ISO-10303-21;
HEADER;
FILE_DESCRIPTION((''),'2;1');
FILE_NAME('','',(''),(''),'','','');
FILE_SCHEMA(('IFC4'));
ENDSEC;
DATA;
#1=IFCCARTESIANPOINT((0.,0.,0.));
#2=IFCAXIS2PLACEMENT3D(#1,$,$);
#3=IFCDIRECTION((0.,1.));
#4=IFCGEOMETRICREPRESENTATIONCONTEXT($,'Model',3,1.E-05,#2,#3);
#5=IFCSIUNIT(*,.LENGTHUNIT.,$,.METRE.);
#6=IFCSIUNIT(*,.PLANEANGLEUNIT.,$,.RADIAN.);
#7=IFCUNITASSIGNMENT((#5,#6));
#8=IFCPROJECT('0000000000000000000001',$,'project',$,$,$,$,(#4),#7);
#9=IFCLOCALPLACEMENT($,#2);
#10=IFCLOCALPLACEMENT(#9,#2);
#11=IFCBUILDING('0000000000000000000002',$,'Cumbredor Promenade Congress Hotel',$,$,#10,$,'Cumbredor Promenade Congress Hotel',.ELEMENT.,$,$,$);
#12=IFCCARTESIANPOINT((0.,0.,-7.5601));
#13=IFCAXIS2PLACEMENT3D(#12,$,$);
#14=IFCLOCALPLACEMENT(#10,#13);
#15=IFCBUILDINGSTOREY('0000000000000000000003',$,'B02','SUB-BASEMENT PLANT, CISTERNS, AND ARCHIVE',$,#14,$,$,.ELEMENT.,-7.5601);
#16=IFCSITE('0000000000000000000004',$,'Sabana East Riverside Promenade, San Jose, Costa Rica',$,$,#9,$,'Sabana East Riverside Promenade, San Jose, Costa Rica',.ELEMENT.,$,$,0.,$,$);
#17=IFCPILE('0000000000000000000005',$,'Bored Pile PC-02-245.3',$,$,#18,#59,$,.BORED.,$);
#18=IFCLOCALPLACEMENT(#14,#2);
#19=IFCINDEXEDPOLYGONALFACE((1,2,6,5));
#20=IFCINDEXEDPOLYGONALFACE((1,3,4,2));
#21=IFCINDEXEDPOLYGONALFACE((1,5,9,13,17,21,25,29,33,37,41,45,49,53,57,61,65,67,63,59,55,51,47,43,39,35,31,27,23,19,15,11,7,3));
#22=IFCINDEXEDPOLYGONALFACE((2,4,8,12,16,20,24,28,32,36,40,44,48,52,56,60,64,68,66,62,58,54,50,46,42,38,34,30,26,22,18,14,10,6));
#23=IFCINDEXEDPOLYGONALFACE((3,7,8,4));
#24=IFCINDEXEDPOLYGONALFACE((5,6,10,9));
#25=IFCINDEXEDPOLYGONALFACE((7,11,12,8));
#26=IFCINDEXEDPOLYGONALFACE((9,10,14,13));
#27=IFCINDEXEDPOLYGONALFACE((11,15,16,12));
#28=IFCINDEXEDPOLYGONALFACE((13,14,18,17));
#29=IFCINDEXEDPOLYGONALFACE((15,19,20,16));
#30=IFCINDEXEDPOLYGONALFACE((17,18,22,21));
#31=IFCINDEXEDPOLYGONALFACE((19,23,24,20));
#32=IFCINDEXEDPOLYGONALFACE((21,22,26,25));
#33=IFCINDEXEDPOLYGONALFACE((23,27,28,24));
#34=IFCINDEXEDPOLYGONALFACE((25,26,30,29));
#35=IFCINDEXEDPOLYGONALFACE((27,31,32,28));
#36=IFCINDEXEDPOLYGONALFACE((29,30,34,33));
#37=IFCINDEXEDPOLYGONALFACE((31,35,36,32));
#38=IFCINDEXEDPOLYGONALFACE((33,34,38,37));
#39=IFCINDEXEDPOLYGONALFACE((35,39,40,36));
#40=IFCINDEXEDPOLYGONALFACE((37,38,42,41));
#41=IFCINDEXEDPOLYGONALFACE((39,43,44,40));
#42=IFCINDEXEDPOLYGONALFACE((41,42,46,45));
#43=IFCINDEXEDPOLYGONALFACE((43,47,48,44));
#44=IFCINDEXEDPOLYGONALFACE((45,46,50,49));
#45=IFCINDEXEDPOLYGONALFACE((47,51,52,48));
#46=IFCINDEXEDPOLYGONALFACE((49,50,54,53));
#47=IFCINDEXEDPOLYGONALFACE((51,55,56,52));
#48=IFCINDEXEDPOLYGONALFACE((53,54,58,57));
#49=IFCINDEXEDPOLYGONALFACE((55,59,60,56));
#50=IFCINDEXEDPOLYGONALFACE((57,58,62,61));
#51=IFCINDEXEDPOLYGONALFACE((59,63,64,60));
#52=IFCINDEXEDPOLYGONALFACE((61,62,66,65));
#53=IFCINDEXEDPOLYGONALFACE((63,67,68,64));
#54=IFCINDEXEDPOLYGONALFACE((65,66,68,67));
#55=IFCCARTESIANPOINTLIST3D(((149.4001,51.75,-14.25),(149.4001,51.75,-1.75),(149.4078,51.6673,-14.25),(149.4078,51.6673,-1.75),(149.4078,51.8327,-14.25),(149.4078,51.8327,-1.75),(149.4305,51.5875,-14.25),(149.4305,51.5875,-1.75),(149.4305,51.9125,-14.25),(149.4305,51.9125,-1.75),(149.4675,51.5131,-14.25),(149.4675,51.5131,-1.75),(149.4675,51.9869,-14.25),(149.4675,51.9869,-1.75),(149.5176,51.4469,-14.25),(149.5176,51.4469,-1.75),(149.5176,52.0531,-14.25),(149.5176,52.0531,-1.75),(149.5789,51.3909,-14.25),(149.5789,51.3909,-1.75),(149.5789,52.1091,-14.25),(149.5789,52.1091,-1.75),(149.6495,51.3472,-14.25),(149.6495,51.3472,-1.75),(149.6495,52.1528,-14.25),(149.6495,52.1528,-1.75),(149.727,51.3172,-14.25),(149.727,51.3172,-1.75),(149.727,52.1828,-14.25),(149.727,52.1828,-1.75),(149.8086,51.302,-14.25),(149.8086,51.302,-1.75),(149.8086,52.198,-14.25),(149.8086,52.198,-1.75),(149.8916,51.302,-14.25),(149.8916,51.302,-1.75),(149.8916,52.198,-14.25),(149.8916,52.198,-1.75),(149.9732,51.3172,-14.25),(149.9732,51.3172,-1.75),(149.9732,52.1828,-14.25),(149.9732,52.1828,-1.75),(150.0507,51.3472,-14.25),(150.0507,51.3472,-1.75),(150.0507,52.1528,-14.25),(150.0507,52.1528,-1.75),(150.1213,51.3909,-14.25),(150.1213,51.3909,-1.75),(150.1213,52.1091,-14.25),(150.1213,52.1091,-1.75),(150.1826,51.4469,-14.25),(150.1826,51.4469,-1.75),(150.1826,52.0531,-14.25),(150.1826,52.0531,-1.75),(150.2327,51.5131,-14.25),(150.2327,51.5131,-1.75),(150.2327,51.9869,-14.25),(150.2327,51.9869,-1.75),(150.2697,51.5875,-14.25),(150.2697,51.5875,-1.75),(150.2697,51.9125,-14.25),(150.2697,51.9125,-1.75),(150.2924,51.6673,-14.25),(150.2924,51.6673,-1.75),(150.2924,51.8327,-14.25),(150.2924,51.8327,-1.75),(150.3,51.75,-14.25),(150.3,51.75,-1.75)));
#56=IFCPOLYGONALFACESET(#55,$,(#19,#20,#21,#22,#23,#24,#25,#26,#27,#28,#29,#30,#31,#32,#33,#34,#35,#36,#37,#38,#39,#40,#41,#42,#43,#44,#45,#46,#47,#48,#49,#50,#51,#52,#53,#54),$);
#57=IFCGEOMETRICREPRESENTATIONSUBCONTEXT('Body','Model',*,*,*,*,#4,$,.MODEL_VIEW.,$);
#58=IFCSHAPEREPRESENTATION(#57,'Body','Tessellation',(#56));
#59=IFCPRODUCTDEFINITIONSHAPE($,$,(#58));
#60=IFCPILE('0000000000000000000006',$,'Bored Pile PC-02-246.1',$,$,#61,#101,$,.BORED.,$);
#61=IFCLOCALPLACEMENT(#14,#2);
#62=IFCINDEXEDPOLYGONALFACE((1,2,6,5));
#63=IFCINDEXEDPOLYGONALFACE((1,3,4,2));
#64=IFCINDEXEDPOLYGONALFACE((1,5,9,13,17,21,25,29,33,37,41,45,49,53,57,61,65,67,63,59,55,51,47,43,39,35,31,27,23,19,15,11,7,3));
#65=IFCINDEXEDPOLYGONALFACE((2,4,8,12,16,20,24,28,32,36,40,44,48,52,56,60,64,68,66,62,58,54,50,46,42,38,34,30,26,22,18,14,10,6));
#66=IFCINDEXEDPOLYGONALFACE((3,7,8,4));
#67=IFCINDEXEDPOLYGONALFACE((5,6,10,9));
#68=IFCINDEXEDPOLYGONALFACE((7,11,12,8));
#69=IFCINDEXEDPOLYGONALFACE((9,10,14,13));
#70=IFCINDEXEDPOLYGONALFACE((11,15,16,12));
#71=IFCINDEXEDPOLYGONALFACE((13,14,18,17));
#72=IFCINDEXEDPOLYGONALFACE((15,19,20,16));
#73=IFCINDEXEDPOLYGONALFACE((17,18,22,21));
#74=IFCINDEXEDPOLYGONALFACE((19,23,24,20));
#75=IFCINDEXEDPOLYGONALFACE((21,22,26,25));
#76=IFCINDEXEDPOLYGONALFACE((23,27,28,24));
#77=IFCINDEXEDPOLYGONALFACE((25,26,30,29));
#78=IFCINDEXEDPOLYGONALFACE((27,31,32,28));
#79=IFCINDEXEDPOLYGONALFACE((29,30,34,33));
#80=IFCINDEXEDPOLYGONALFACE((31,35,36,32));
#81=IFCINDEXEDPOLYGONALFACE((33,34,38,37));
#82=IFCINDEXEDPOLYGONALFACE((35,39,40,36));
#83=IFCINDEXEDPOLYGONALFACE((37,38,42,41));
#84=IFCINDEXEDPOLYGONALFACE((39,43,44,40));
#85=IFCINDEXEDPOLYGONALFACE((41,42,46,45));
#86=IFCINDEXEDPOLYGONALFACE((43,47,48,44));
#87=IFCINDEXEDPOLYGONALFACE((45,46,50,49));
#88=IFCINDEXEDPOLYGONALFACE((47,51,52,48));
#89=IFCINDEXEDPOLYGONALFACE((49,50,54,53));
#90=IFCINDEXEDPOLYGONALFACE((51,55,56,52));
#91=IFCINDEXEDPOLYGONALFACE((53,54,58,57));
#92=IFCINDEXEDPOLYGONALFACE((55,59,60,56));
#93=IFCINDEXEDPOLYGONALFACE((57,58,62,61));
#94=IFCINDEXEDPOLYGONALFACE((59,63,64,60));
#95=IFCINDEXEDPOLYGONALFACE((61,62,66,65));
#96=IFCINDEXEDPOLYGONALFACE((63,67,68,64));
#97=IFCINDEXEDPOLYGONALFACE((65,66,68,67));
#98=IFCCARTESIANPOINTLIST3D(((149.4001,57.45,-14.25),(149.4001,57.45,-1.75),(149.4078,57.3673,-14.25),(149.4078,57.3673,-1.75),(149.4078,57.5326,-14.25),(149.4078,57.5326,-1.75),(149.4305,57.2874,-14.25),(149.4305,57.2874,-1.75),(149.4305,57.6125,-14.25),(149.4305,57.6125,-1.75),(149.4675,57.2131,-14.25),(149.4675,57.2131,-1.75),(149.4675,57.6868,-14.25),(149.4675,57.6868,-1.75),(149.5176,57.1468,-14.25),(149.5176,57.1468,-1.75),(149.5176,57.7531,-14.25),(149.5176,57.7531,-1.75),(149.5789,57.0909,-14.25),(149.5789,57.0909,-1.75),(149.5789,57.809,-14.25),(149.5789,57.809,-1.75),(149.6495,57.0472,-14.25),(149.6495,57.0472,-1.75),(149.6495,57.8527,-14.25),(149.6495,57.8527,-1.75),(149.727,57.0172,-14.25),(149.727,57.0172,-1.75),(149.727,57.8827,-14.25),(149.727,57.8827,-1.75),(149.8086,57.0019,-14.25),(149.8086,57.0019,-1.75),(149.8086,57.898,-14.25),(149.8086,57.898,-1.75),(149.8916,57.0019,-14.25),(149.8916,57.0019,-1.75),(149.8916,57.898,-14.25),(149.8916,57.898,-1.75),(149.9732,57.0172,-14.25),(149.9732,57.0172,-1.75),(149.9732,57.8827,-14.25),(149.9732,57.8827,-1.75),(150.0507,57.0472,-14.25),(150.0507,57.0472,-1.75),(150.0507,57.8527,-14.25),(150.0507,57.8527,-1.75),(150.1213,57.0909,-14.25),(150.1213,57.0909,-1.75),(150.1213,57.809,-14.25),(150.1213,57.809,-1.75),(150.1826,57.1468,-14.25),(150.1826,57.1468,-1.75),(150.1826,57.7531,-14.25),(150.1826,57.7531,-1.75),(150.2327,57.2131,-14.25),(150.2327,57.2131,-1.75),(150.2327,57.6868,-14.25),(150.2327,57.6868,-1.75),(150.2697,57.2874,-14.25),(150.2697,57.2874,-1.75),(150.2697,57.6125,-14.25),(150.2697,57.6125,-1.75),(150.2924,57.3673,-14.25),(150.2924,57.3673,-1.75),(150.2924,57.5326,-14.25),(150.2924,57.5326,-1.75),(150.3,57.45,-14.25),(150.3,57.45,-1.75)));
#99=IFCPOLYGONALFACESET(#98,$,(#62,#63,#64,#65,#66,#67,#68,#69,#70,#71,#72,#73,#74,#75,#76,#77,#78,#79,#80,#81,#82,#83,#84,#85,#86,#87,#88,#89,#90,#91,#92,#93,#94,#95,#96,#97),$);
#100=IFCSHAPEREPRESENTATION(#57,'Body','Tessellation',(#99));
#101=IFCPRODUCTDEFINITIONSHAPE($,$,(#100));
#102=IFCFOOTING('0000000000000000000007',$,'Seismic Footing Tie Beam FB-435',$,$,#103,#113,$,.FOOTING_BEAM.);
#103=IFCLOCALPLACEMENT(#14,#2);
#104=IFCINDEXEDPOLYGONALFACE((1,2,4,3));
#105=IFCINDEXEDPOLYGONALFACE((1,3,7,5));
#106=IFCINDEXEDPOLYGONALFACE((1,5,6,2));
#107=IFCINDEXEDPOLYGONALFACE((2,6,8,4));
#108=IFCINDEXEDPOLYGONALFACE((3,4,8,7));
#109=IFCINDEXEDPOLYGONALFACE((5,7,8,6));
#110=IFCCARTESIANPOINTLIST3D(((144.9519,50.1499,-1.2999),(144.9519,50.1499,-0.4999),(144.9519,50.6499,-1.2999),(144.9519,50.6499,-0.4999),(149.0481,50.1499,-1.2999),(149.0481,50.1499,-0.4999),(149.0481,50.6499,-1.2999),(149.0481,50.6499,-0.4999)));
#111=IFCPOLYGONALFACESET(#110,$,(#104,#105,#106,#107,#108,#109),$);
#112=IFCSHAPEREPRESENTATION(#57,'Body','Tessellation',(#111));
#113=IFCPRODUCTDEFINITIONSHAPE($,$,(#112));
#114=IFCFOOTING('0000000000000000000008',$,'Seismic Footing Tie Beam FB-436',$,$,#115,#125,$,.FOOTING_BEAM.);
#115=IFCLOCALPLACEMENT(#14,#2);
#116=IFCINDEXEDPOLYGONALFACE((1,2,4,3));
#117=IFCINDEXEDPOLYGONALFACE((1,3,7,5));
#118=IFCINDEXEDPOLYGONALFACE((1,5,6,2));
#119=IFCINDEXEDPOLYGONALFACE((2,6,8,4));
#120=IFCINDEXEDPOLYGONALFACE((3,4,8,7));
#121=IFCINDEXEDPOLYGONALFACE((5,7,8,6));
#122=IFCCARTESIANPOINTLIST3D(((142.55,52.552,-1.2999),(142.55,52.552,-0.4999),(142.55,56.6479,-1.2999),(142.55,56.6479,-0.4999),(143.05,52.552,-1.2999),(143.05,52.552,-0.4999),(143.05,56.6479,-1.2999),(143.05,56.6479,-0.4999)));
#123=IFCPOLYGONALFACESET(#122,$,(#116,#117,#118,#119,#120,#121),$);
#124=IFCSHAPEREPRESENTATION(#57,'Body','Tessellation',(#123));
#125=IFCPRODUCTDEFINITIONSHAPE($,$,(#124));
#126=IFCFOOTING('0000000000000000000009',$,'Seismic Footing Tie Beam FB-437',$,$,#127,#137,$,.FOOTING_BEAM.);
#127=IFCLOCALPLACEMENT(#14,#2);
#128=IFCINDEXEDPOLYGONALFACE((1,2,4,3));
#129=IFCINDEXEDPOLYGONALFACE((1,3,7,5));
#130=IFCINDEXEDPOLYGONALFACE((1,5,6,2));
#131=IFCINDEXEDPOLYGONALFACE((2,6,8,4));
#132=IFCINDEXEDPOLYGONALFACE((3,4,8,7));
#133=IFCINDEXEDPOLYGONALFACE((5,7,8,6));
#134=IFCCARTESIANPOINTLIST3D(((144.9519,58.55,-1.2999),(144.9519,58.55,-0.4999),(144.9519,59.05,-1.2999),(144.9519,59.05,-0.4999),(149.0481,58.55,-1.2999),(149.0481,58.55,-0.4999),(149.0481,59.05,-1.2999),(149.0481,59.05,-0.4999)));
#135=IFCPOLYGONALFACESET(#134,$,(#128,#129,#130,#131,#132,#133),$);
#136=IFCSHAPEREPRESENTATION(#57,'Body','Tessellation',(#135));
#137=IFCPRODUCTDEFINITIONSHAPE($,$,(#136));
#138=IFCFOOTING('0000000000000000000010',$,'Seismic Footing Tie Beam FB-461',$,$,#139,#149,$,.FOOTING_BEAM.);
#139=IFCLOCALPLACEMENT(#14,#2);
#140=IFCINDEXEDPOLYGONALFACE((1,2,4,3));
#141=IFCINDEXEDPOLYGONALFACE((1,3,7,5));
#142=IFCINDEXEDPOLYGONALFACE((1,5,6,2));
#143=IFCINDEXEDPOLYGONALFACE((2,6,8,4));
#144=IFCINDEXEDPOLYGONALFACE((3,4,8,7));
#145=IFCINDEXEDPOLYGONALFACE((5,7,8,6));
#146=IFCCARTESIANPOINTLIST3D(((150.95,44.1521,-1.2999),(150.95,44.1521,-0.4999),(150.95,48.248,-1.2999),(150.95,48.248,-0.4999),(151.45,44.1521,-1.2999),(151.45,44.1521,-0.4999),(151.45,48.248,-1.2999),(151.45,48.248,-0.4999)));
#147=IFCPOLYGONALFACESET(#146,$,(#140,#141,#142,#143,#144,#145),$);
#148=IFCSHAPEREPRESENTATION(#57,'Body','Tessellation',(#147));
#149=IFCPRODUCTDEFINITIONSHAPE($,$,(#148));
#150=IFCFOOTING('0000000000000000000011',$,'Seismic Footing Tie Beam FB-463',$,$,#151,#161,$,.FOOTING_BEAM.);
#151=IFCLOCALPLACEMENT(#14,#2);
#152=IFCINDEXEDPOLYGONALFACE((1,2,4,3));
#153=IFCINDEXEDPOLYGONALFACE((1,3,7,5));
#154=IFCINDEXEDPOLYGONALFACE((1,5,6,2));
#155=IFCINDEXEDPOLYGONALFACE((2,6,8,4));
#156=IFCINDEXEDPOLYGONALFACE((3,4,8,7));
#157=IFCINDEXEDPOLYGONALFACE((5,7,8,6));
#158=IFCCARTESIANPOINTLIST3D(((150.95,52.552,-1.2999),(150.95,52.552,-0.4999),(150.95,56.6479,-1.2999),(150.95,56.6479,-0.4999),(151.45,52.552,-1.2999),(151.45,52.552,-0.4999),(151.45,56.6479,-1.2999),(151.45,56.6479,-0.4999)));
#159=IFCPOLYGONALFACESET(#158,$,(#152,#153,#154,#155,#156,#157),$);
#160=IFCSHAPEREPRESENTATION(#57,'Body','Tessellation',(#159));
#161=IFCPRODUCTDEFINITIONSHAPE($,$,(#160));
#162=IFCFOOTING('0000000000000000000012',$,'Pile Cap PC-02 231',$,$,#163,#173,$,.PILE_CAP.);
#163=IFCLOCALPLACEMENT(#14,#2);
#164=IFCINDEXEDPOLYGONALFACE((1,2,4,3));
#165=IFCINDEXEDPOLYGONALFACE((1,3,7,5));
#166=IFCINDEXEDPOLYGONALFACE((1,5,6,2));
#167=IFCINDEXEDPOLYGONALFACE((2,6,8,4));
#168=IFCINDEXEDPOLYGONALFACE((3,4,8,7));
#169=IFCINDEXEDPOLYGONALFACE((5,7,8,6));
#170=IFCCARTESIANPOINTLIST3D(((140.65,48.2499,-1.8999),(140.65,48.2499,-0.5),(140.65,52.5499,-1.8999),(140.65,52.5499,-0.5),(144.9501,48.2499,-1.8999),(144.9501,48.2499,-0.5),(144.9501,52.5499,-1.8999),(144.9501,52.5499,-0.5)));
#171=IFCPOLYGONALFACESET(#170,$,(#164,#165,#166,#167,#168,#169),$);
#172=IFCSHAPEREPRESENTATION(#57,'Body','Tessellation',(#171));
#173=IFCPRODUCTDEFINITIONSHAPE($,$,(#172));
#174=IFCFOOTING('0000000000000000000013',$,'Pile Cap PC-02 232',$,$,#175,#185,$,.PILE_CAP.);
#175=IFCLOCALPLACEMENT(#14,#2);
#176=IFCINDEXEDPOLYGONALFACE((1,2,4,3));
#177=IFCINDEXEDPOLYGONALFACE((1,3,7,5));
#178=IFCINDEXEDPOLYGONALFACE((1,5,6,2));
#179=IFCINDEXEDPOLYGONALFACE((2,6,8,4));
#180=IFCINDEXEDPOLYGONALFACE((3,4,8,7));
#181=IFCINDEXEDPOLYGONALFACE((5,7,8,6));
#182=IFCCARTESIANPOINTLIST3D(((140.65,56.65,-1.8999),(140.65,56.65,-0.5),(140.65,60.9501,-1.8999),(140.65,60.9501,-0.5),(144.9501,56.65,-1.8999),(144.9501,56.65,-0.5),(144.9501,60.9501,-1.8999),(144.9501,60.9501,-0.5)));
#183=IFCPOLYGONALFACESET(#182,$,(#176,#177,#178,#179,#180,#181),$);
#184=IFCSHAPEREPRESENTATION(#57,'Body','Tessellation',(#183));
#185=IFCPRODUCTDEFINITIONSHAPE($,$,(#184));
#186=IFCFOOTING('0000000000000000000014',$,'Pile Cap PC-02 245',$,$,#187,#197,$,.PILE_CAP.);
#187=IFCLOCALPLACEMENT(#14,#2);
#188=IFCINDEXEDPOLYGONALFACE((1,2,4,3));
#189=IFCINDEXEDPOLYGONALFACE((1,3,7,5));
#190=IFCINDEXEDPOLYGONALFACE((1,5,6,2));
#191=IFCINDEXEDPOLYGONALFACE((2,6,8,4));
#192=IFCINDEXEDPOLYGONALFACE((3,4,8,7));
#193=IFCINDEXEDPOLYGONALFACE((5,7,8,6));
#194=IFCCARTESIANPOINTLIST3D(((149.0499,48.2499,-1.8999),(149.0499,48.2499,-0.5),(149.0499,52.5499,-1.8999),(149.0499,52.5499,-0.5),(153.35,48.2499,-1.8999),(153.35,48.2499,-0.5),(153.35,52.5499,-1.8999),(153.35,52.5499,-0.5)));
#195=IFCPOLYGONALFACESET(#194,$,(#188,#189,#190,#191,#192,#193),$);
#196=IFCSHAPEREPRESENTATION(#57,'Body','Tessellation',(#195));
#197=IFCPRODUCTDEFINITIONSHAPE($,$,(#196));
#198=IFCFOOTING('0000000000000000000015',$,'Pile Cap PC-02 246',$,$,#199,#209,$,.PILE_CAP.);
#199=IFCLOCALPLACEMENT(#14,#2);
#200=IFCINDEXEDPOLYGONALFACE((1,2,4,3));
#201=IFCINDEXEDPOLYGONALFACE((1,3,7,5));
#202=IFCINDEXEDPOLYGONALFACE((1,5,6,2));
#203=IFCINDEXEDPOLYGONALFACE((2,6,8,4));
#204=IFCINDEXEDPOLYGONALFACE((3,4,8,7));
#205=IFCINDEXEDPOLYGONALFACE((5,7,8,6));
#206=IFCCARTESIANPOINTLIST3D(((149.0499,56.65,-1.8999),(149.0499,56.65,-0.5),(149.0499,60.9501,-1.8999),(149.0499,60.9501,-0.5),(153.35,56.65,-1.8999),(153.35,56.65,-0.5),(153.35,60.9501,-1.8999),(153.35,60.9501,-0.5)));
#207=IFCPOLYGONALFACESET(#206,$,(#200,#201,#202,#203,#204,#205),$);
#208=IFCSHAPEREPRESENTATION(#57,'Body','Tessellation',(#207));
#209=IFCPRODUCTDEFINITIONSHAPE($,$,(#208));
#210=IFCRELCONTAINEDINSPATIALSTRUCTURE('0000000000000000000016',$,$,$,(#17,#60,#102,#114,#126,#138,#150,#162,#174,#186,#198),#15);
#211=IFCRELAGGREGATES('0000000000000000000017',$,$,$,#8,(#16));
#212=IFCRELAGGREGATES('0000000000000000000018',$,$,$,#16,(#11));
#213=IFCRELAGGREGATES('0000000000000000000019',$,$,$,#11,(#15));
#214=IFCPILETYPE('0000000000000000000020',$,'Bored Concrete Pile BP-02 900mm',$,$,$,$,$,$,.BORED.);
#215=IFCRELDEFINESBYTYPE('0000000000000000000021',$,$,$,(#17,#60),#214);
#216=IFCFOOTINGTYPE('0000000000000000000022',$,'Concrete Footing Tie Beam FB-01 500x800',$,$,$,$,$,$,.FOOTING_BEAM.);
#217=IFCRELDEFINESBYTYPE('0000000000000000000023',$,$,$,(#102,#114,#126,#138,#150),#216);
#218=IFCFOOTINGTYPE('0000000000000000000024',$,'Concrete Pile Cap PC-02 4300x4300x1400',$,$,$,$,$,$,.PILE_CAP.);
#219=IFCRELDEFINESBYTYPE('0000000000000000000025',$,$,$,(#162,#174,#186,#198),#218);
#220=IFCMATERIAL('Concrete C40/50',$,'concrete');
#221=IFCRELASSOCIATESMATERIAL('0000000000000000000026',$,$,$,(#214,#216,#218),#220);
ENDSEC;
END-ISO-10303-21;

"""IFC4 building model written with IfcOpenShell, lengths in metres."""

from ifc_helpers import new_model, si_unit, direction, frame, origin, origin_2d, place, context, subcontext, project, spatial, rectangle, circle, extrude, material, material_profile, profile_set, type_object, element, save


model = new_model("IFC4")

# Units and contexts
model_context = context("Model", 3, precision=1e-05, world=origin(), true_north=direction((0.0, 1.0)))
body_context = subcontext(model_context, "Body", "Model", "MODEL_VIEW")
ifc_project = project(units=[si_unit("LENGTHUNIT", "METRE"), si_unit("PLANEANGLEUNIT", "RADIAN")], contexts=[model_context])

# Site, building, storey
site_placement = place(None, origin())
site = spatial("IfcSite", under=ifc_project, at=site_placement, Name="Sabana East Riverside Promenade, San Jose, Costa Rica", LongName="Sabana East Riverside Promenade, San Jose, Costa Rica", CompositionType="ELEMENT", RefElevation=0.0)
building_placement = place(site_placement, origin())
building = spatial("IfcBuilding", under=site, at=building_placement, Name="Cumbredor Promenade Congress Hotel", LongName="Cumbredor Promenade Congress Hotel", CompositionType="ELEMENT")
storey_placement = place(building_placement, frame((0.0, 0.0, -7.5601)))
storey = spatial("IfcBuildingStorey", under=building, at=storey_placement, Name="B02", Description="SUB-BASEMENT PLANT, CISTERNS, AND ARCHIVE", CompositionType="ELEMENT", Elevation=-7.5601)

# Piles
ifc_material_1 = material(Name="Concrete C40/50", Category="concrete")
ifc_material_profile_1 = material_profile(ifc_material_1, circle(Radius=0.45, at=origin_2d()), Name="PILE D900")
ifc_profile_set_1 = profile_set([ifc_material_profile_1], Name="Concrete C40/50")
pile_type = type_object("IfcPileType", Name="Bored Concrete Pile BP-02 900mm", PredefinedType="BORED", material=ifc_profile_set_1)
for number, where, z_axis, x_axis, name in (
    (1, (149.8501, 51.75, -1.75), (0.0, 0.0, -1.0), (1.0, 0.0, 0.0), "Bored Pile PC-02-245.3"),
    (2, (149.8501, 57.45, -1.75), (0.0, 0.0, -1.0), (1.0, 0.0, 0.0), "Bored Pile PC-02-246.1"),
):
    element("IfcPile", number, at=place(storey_placement, frame(where, z_axis=z_axis, x_axis=x_axis)), inside=storey, type_object=pile_type, Name=name, PredefinedType="BORED", context=body_context, shape_type="SweptSolid", body=[
        extrude(circle(Radius=0.45, at=origin_2d()), origin(), (0.0, 0.0, 1.0), 12.5),
    ])

# Footings
ifc_material_profile_2 = material_profile(ifc_material_1, rectangle(XDim=0.5, YDim=0.8, at=origin_2d()), Name="FB 500x800")
ifc_profile_set_2 = profile_set([ifc_material_profile_2], Name="Concrete C40/50")
footing_type_1 = type_object("IfcFootingType", Name="Concrete Footing Tie Beam FB-01 500x800", PredefinedType="FOOTING_BEAM", material=ifc_profile_set_2)
footing_1_placement = place(storey_placement, frame((144.9519, 50.3999, -0.8999), z_axis=(1.0, 0.0, 0.0), x_axis=(0.0, 1.0, 0.0)))
element("IfcFooting", 3, at=footing_1_placement, inside=storey, type_object=footing_type_1, Name="Seismic Footing Tie Beam FB-435", PredefinedType="FOOTING_BEAM", context=body_context, shape_type="SweptSolid", body=[
    extrude(rectangle(XDim=0.5, YDim=0.8, at=origin_2d()), origin(), (0.0, 0.0, 1.0), 4.0962),
])
footing_2_placement = place(storey_placement, frame((142.8, 52.552, -0.8999), z_axis=(0.0, 1.0, 0.0), x_axis=(-1.0, 0.0, 0.0)))
element("IfcFooting", 4, at=footing_2_placement, inside=storey, type_object=footing_type_1, Name="Seismic Footing Tie Beam FB-436", PredefinedType="FOOTING_BEAM", context=body_context, shape_type="SweptSolid", body=[
    extrude(rectangle(XDim=0.5, YDim=0.8, at=origin_2d()), origin(), (0.0, 0.0, 1.0), 4.0959),
])
footing_3_placement = place(storey_placement, frame((144.9519, 58.8, -0.8999), z_axis=(1.0, 0.0, 0.0), x_axis=(0.0, 1.0, 0.0)))
element("IfcFooting", 5, at=footing_3_placement, inside=storey, type_object=footing_type_1, Name="Seismic Footing Tie Beam FB-437", PredefinedType="FOOTING_BEAM", context=body_context, shape_type="SweptSolid", body=[
    extrude(rectangle(XDim=0.5, YDim=0.8, at=origin_2d()), origin(), (0.0, 0.0, 1.0), 4.0962),
])
for number, where, z_axis, x_axis, name in (
    (6, (151.2, 44.1521, -0.8999), (0.0, 1.0, 0.0), (-1.0, 0.0, 0.0), "Seismic Footing Tie Beam FB-461"),
    (7, (151.2, 52.552, -0.8999), (0.0, 1.0, 0.0), (-1.0, 0.0, 0.0), "Seismic Footing Tie Beam FB-463"),
):
    element("IfcFooting", number, at=place(storey_placement, frame(where, z_axis=z_axis, x_axis=x_axis)), inside=storey, type_object=footing_type_1, Name=name, PredefinedType="FOOTING_BEAM", context=body_context, shape_type="SweptSolid", body=[
        extrude(rectangle(XDim=0.5, YDim=0.8, at=origin_2d()), origin(), (0.0, 0.0, 1.0), 4.0959),
    ])
footing_type_2 = type_object("IfcFootingType", Name="Concrete Pile Cap PC-02 4300x4300x1400", PredefinedType="PILE_CAP", material=ifc_material_1)
for number, where, z_axis, x_axis, name in (
    (8, (142.8, 50.3999, -1.8999), (0.0, 0.0, 1.0), (1.0, 0.0, 0.0), "Pile Cap PC-02 231"),
    (9, (142.8, 58.8, -1.8999), (0.0, 0.0, 1.0), (1.0, 0.0, 0.0), "Pile Cap PC-02 232"),
    (10, (151.2, 50.3999, -1.8999), (0.0, 0.0, 1.0), (1.0, 0.0, 0.0), "Pile Cap PC-02 245"),
    (11, (151.2, 58.8, -1.8999), (0.0, 0.0, 1.0), (1.0, 0.0, 0.0), "Pile Cap PC-02 246"),
):
    element("IfcFooting", number, at=place(storey_placement, frame(where, z_axis=z_axis, x_axis=x_axis)), inside=storey, type_object=footing_type_2, Name=name, PredefinedType="PILE_CAP", context=body_context, shape_type="SweptSolid", body=[
        extrude(rectangle(XDim=4.3, YDim=4.3, at=origin_2d()), origin(), (0.0, 0.0, 1.0), 1.3999),
    ])

save(model, "model.ifc")
